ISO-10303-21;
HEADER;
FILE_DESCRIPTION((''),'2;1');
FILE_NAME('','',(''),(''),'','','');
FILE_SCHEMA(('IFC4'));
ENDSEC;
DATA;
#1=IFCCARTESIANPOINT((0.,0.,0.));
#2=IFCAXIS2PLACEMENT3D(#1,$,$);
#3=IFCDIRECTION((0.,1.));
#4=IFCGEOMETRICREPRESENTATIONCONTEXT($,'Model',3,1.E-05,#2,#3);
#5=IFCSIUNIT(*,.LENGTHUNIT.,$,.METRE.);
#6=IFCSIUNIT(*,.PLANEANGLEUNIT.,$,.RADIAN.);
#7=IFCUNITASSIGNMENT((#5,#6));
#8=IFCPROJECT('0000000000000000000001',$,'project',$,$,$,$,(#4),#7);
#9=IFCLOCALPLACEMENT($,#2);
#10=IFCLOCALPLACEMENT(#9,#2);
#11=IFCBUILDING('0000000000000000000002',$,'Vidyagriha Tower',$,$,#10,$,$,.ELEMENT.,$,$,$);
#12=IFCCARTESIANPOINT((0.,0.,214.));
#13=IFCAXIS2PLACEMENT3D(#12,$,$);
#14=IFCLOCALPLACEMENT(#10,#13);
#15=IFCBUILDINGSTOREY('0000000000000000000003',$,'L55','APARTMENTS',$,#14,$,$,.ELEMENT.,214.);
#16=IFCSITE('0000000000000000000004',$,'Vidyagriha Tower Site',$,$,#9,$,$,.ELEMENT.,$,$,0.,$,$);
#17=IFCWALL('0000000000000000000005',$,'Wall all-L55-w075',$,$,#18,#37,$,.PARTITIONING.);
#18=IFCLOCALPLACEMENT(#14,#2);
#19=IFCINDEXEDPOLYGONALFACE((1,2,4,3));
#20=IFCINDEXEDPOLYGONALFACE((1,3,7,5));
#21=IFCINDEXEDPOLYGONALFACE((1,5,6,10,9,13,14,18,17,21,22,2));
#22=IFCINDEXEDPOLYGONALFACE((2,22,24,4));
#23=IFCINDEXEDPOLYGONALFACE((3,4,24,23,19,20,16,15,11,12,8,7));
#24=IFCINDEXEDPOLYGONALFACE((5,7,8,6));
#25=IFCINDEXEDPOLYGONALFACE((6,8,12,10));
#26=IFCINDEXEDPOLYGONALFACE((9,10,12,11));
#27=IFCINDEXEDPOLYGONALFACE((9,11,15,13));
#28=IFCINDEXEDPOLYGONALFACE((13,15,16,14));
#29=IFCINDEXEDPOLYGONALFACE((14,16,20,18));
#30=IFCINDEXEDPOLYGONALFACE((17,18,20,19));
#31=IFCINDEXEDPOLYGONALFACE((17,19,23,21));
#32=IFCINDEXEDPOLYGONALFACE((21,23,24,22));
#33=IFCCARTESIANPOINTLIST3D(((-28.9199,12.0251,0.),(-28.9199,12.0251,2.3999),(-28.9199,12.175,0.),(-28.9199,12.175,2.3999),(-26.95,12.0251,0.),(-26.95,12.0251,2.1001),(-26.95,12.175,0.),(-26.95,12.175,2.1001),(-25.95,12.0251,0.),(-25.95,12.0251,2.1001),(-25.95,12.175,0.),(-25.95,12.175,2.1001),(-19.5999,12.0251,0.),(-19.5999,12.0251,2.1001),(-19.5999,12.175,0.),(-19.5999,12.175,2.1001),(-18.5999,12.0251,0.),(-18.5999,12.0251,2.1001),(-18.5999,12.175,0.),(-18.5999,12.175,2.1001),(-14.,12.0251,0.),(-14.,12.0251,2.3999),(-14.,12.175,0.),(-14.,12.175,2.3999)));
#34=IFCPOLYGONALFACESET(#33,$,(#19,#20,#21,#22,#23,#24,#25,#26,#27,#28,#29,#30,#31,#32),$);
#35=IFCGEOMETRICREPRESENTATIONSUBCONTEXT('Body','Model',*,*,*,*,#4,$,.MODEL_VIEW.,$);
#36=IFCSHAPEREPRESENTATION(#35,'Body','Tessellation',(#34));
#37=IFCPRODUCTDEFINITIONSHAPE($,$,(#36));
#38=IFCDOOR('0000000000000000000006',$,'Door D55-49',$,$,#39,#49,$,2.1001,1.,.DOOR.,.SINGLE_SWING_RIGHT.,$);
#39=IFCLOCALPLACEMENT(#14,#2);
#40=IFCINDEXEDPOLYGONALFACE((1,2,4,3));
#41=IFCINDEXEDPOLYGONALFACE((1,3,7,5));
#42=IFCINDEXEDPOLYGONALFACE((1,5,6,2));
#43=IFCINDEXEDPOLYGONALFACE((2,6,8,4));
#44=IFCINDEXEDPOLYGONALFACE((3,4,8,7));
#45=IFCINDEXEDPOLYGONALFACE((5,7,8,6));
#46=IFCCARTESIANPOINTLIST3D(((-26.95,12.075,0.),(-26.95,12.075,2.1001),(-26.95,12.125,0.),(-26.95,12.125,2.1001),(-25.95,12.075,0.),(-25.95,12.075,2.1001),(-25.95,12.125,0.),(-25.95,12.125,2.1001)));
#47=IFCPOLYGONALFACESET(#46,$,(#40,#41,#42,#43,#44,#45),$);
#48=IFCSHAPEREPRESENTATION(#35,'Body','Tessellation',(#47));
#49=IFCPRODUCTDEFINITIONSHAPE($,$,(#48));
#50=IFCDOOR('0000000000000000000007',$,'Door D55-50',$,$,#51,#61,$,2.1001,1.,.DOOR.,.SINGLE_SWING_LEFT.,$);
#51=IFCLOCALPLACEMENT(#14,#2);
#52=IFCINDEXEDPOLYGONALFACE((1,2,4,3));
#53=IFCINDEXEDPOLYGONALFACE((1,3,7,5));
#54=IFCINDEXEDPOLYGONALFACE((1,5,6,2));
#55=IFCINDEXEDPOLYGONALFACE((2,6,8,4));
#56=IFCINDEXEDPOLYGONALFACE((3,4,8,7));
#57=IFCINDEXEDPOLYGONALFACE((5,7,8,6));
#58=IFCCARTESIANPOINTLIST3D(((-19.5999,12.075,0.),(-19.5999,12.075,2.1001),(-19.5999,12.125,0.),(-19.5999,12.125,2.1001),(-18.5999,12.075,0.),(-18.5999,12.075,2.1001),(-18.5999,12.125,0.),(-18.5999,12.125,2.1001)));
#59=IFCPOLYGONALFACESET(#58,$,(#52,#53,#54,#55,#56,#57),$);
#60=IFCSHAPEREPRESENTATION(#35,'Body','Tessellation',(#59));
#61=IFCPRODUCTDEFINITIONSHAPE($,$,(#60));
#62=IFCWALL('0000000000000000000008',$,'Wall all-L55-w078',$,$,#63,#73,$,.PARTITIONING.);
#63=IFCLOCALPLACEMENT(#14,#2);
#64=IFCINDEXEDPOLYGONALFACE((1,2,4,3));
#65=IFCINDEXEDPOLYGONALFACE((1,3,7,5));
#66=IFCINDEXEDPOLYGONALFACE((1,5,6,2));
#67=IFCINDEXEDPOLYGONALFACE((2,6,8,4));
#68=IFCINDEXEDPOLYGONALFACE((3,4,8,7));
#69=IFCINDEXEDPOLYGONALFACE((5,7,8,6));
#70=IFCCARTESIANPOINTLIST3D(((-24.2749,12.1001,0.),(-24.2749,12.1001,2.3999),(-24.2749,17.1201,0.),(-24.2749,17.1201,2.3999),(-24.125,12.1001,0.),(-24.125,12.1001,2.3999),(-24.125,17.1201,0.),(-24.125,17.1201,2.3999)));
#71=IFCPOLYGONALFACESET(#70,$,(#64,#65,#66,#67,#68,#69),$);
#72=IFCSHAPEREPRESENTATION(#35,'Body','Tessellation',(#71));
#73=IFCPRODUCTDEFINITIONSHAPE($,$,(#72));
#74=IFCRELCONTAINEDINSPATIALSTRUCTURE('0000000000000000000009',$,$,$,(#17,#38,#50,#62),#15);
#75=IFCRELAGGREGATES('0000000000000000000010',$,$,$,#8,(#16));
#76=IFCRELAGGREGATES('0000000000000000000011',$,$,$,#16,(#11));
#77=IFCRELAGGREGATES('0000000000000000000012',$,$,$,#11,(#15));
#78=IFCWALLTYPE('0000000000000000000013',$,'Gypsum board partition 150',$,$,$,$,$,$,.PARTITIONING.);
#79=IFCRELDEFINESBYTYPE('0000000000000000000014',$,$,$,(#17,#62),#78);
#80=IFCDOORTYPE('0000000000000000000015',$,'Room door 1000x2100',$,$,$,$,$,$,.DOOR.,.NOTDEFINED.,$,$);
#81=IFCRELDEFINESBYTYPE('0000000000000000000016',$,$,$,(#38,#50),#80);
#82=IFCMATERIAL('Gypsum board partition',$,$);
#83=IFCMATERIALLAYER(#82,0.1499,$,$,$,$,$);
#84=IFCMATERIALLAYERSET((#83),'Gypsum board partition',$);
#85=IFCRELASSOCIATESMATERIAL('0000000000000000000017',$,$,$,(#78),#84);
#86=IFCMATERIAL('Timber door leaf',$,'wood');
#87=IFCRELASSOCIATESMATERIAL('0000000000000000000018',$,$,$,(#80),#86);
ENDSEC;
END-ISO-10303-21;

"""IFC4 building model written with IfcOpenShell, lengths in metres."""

from ifc_helpers import new_model, si_unit, direction, frame, frame_2d, origin, place, context, subcontext, project, spatial, rectangle, extrude, material, layer, layer_set, type_object, element, fill, save


model = new_model("IFC4")

# Units and contexts
model_context = context("Model", 3, precision=1e-05, world=origin(), true_north=direction((0.0, 1.0)))
body_context = subcontext(model_context, "Body", "Model", "MODEL_VIEW")
ifc_project = project(units=[si_unit("LENGTHUNIT", "METRE"), si_unit("PLANEANGLEUNIT", "RADIAN")], contexts=[model_context])

# Site, building, storey
site_placement = place(None, origin())
site = spatial("IfcSite", under=ifc_project, at=site_placement, Name="Vidyagriha Tower Site", CompositionType="ELEMENT", RefElevation=0.0)
building_placement = place(site_placement, origin())
building = spatial("IfcBuilding", under=site, at=building_placement, Name="Vidyagriha Tower", CompositionType="ELEMENT")
storey_placement = place(building_placement, frame((0.0, 0.0, 214.0)))
storey = spatial("IfcBuildingStorey", under=building, at=storey_placement, Name="L55", Description="APARTMENTS", CompositionType="ELEMENT", Elevation=214.0)

# Wall, openings, doors
ifc_material_1 = material(Name="Gypsum board partition")
ifc_layer_1 = layer(ifc_material_1, 0.1499)
ifc_layer_set_1 = layer_set([ifc_layer_1], Name="Gypsum board partition")
wall_type_1 = type_object("IfcWallType", Name="Gypsum board partition 150", PredefinedType="PARTITIONING", material=ifc_layer_set_1)
wall_1_placement = place(storey_placement, frame((-28.9199, 12.1001, 0.0)))
wall_1 = element("IfcWall", 1, at=wall_1_placement, inside=storey, type_object=wall_type_1, Name="Wall all-L55-w075", PredefinedType="PARTITIONING", context=body_context, shape_type="SweptSolid", body=[
    extrude(rectangle(XDim=14.9199, YDim=0.1499, at=frame_2d((7.46, 0.0))), origin(), (0.0, 0.0, 1.0), 2.3999),
])
opening_1_placement = place(wall_1_placement, frame((1.97, 0.0, 0.0)))
opening_1 = element("IfcOpeningElement", 2, at=opening_1_placement, cuts=wall_1, PredefinedType="OPENING", context=body_context, shape_type="SweptSolid", body=[
    extrude(rectangle(XDim=1.0, YDim=2.1001, at=frame_2d((0.5, 1.05))), frame((0.0, 0.085, 0.0), z_axis=(0.0, -1.0, 0.0), x_axis=(1.0, 0.0, 0.0)), (0.0, 0.0, 1.0), 0.1699),
])
opening_2_placement = place(wall_1_placement, frame((9.3201, 0.0, 0.0)))
opening_2 = element("IfcOpeningElement", 3, at=opening_2_placement, cuts=wall_1, PredefinedType="OPENING", context=body_context, shape_type="SweptSolid", body=[
    extrude(rectangle(XDim=1.0, YDim=2.1001, at=frame_2d((0.5, 1.05))), frame((0.0, 0.085, 0.0), z_axis=(0.0, -1.0, 0.0), x_axis=(1.0, 0.0, 0.0)), (0.0, 0.0, 1.0), 0.1699),
])
ifc_material_2 = material(Name="Timber door leaf", Category="wood")
door_type = type_object("IfcDoorType", Name="Room door 1000x2100", OperationType="NOTDEFINED", PredefinedType="DOOR", material=ifc_material_2)
door_1_placement = place(opening_1_placement, origin())
door_1 = element("IfcDoor", 4, at=door_1_placement, inside=storey, type_object=door_type, Name="Door D55-49", OperationType="SINGLE_SWING_RIGHT", OverallHeight=2.1001, OverallWidth=1.0, PredefinedType="DOOR", context=body_context, shape_type="SweptSolid", body=[
    extrude(rectangle(XDim=1.0, YDim=2.1001, at=frame_2d((0.5, 1.05))), frame((0.0, 0.0249, 0.0), z_axis=(0.0, -1.0, 0.0), x_axis=(1.0, 0.0, 0.0)), (0.0, 0.0, 1.0), 0.05),
])
fill(opening_1, door_1)
door_2_placement = place(opening_2_placement, origin())
door_2 = element("IfcDoor", 5, at=door_2_placement, inside=storey, type_object=door_type, Name="Door D55-50", OperationType="SINGLE_SWING_LEFT", OverallHeight=2.1001, OverallWidth=1.0, PredefinedType="DOOR", context=body_context, shape_type="SweptSolid", body=[
    extrude(rectangle(XDim=1.0, YDim=2.1001, at=frame_2d((0.5, 1.05))), frame((0.0, 0.0249, 0.0), z_axis=(0.0, -1.0, 0.0), x_axis=(1.0, 0.0, 0.0)), (0.0, 0.0, 1.0), 0.05),
])
fill(opening_2, door_2)

# Wall
wall_2_placement = place(storey_placement, frame((-24.2, 17.1201, 0.0), z_axis=(0.0, 0.0, 1.0), x_axis=(0.0, -1.0, 0.0)))
element("IfcWall", 6, at=wall_2_placement, inside=storey, type_object=wall_type_1, Name="Wall all-L55-w078", PredefinedType="PARTITIONING", context=body_context, shape_type="SweptSolid", body=[
    extrude(rectangle(XDim=5.02, YDim=0.1499, at=frame_2d((2.51, 0.0))), origin(), (0.0, 0.0, 1.0), 2.3999),
])

save(model, "model.ifc")
